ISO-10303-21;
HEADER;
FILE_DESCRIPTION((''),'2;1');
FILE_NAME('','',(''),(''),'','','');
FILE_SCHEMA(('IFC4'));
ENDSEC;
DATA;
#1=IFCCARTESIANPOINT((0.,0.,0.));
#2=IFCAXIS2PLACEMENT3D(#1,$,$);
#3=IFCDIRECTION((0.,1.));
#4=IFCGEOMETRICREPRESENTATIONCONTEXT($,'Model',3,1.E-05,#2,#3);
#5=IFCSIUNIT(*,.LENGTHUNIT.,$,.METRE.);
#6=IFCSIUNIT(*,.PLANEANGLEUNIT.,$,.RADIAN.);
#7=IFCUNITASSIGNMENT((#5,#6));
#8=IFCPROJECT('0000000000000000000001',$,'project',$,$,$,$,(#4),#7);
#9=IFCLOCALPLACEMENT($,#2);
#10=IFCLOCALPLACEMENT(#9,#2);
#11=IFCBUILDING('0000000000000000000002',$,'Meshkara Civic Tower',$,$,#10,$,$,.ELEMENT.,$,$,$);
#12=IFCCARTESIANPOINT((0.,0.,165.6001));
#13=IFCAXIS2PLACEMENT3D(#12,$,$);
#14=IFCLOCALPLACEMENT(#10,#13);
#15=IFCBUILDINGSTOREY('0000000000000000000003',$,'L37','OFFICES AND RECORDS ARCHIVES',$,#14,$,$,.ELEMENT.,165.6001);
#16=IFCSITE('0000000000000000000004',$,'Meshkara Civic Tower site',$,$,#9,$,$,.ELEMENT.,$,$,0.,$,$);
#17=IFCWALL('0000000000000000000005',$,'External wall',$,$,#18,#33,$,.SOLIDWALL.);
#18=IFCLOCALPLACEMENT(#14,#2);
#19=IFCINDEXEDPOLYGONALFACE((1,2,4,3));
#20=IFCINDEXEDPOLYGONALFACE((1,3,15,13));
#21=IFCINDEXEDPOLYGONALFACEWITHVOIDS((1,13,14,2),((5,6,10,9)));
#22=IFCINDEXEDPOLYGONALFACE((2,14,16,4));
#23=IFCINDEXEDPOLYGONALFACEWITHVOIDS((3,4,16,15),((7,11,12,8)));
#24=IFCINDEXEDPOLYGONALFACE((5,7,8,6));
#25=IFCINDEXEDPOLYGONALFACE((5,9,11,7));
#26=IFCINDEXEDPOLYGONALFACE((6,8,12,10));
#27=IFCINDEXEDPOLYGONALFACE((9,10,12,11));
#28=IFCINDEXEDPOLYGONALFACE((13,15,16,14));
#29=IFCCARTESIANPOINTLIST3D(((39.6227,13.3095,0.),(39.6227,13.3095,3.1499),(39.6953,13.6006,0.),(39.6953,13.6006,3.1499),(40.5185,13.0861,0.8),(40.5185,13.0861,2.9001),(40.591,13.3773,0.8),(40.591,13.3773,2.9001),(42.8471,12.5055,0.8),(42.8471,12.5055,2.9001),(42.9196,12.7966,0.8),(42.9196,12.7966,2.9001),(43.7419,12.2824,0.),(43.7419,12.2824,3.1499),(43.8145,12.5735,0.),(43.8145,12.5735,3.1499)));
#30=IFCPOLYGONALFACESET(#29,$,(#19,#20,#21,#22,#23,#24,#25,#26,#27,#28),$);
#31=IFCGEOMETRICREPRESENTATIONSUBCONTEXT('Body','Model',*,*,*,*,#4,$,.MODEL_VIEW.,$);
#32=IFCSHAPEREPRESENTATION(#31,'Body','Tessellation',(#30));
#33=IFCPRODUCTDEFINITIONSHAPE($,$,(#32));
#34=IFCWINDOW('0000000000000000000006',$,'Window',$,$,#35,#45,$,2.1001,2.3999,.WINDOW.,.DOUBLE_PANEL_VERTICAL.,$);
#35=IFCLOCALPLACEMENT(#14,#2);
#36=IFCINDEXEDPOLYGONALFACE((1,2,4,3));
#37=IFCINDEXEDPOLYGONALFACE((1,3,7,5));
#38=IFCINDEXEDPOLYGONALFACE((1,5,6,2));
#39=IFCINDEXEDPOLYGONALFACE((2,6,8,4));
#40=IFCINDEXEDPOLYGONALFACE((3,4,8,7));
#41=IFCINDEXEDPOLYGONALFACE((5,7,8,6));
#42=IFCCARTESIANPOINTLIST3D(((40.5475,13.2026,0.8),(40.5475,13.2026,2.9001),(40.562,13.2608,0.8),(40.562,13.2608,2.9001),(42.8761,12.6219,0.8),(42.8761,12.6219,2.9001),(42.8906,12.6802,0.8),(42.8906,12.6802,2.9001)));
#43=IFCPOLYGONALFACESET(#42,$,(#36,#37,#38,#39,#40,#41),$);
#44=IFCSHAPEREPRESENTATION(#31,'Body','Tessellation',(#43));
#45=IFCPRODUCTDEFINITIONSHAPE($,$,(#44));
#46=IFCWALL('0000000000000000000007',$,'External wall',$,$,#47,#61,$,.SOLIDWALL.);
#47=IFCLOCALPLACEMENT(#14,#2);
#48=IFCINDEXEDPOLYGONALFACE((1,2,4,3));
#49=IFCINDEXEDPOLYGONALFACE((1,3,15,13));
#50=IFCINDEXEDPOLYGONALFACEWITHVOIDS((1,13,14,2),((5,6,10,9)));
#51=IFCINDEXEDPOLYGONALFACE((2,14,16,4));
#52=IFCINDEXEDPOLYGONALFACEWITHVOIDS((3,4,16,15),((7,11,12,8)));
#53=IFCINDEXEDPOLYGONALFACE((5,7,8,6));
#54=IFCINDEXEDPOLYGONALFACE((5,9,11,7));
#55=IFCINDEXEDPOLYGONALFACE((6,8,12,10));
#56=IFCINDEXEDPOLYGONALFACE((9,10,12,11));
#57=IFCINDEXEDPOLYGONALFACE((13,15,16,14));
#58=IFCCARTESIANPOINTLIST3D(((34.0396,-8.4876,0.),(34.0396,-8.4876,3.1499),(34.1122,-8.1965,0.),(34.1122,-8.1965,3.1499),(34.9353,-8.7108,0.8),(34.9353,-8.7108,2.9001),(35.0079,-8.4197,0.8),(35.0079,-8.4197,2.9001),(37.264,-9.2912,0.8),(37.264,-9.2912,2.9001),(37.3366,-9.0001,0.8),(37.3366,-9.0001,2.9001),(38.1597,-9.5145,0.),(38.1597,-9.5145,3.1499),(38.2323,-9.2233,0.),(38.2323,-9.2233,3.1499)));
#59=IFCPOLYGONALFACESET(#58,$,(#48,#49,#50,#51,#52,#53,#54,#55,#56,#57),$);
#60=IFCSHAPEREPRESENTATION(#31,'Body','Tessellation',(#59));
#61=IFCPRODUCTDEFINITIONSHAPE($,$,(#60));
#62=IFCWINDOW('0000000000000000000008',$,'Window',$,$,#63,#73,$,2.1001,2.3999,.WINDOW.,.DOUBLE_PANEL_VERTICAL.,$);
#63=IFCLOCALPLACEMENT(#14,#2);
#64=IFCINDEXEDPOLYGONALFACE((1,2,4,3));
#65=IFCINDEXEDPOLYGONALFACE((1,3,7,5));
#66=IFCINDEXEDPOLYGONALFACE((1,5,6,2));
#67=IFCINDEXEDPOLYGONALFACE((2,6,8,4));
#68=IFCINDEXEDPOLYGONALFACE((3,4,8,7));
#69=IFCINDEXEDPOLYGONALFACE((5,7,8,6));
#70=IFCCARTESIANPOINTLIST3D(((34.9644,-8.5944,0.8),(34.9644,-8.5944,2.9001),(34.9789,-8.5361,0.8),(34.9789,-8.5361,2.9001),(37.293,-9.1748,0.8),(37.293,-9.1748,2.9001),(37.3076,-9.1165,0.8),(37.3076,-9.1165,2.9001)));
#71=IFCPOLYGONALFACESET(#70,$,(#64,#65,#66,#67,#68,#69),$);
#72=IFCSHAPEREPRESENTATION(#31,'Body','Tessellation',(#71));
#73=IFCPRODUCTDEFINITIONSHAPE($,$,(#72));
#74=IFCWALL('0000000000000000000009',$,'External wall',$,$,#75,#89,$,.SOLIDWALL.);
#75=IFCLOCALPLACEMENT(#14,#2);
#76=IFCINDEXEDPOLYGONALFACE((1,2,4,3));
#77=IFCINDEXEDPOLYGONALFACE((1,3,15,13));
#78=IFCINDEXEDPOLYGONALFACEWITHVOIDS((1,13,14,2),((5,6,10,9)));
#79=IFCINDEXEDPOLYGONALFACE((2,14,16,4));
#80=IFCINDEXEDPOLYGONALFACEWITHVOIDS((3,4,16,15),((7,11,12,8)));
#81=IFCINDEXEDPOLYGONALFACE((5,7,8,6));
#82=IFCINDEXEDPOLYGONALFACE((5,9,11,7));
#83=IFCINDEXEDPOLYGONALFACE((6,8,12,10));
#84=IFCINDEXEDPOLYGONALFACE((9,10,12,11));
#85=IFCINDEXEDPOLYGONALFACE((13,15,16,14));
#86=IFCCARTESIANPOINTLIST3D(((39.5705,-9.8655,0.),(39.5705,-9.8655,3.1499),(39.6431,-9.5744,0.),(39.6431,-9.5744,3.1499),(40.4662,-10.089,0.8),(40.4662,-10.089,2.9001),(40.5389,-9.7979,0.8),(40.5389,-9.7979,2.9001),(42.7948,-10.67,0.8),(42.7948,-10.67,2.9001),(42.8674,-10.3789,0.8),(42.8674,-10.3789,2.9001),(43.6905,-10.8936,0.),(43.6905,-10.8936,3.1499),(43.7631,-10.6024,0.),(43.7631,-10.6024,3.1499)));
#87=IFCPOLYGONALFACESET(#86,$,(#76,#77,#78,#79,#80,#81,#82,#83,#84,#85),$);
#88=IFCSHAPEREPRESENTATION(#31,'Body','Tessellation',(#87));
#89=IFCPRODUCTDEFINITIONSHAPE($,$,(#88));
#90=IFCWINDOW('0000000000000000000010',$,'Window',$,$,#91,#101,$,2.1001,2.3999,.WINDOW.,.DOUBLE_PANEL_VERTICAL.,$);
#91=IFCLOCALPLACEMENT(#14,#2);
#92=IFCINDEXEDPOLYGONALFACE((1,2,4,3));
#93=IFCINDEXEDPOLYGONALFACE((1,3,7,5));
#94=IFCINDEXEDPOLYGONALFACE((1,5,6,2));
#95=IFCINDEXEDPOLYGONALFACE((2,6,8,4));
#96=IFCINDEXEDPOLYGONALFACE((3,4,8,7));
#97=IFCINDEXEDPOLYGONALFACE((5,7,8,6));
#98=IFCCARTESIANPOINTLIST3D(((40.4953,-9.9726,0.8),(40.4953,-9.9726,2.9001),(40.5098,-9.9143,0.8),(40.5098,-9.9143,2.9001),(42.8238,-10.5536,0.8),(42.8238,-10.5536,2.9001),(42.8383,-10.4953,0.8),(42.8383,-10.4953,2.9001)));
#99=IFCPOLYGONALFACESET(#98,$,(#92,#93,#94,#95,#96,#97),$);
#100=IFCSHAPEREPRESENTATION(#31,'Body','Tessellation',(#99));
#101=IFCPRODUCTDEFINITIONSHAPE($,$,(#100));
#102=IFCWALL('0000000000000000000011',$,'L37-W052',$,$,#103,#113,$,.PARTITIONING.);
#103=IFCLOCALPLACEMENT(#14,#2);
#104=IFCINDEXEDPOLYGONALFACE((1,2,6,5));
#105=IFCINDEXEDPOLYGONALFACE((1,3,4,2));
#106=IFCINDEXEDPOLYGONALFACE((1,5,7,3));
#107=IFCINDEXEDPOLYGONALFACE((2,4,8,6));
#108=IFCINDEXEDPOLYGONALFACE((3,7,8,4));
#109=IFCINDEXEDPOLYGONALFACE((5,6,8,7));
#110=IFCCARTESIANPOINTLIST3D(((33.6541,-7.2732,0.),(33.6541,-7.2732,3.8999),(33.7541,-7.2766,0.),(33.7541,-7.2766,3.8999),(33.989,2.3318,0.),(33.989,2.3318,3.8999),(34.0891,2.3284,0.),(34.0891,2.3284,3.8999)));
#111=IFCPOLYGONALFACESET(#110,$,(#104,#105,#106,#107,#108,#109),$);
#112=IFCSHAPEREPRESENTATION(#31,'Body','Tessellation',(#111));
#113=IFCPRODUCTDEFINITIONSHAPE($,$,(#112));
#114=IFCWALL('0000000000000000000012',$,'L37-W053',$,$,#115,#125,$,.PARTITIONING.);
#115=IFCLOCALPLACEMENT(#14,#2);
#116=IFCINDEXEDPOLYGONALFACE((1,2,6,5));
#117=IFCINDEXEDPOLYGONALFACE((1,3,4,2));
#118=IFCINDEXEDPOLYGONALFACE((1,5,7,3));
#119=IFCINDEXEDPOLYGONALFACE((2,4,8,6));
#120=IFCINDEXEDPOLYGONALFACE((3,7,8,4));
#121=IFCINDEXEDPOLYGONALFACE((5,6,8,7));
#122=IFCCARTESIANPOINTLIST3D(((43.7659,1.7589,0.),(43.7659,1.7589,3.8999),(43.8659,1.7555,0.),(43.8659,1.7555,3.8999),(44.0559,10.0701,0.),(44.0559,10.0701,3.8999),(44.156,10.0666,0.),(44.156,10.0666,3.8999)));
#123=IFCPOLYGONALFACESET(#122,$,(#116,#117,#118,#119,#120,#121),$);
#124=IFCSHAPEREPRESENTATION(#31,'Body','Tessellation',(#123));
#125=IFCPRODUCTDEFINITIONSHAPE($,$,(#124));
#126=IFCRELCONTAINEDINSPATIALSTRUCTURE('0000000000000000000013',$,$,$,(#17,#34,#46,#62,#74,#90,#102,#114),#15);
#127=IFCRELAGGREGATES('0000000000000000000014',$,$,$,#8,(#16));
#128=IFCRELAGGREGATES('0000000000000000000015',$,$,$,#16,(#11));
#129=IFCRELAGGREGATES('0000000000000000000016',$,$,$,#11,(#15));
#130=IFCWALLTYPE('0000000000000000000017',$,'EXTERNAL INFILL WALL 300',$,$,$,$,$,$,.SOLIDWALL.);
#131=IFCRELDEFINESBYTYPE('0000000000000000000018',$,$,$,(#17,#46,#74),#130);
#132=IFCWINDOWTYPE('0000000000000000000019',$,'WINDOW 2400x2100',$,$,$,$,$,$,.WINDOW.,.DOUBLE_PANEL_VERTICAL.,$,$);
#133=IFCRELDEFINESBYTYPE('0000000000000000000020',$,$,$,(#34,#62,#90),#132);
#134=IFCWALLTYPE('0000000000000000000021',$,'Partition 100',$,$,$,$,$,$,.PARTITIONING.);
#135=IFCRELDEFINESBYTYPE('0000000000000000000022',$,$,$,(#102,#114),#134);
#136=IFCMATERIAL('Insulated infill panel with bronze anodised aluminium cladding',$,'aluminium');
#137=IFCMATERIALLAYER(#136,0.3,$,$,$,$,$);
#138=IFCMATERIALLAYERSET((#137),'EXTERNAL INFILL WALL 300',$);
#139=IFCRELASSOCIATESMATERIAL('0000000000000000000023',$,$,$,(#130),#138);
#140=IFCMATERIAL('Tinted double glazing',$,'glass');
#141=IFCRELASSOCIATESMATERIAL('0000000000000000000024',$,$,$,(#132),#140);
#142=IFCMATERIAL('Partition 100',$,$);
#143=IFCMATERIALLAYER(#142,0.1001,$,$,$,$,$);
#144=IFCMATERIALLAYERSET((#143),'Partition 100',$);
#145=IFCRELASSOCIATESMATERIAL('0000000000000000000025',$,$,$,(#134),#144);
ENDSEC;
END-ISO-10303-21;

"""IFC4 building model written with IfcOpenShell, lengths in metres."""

from ifc_helpers import new_model, si_unit, direction, frame, frame_2d, origin, place, context, subcontext, project, spatial, rectangle, extrude, material, layer, layer_set, type_object, element, fill, save


model = new_model("IFC4")

# Units and contexts
model_context = context("Model", 3, precision=1e-05, world=origin(), true_north=direction((0.0, 1.0)))
body_context = subcontext(model_context, "Body", "Model", "MODEL_VIEW")
ifc_project = project(units=[si_unit("LENGTHUNIT", "METRE"), si_unit("PLANEANGLEUNIT", "RADIAN")], contexts=[model_context])

# Site, building, storey
site_placement = place(None, origin())
site = spatial("IfcSite", under=ifc_project, at=site_placement, Name="Meshkara Civic Tower site", CompositionType="ELEMENT", RefElevation=0.0)
building_placement = place(site_placement, origin())
building = spatial("IfcBuilding", under=site, at=building_placement, Name="Meshkara Civic Tower", CompositionType="ELEMENT")
storey_placement = place(building_placement, frame((0.0, 0.0, 165.6001)))
storey = spatial("IfcBuildingStorey", under=building, at=storey_placement, Name="L37", Description="OFFICES AND RECORDS ARCHIVES", CompositionType="ELEMENT", Elevation=165.6001)

# Walls, openings, windows
ifc_material_1 = material(Name="Insulated infill panel with bronze anodised aluminium cladding", Category="aluminium")
ifc_layer_1 = layer(ifc_material_1, 0.3)
ifc_layer_set_1 = layer_set([ifc_layer_1], Name="EXTERNAL INFILL WALL 300")
wall_type_1 = type_object("IfcWallType", Name="EXTERNAL INFILL WALL 300", PredefinedType="SOLIDWALL", material=ifc_layer_set_1)
wall_1_placement = place(storey_placement, frame((43.7781, 12.428, 0.0), z_axis=(0.0, 0.0, 1.0), x_axis=(-0.970291, 0.24194, 0.0)))
wall_1 = element("IfcWall", 1, at=wall_1_placement, inside=storey, type_object=wall_type_1, Name="External wall", PredefinedType="SOLIDWALL", context=body_context, shape_type="SweptSolid", body=[
    extrude(rectangle(XDim=4.2454, YDim=0.3, at=frame_2d((2.1226, 0.0))), origin(), (0.0, 0.0, 1.0), 3.1499),
])
opening_1_placement = place(wall_1_placement, frame((0.9221, 0.0, 0.8)))
opening_1 = element("IfcOpeningElement", 2, at=opening_1_placement, cuts=wall_1, PredefinedType="OPENING", context=body_context, shape_type="SweptSolid", body=[
    extrude(rectangle(XDim=2.3999, YDim=2.1001, at=frame_2d((1.2, 1.05))), frame((0.0, 0.1599, 0.0), z_axis=(0.0, -1.0, 0.0), x_axis=(1.0, 0.0, 0.0)), (0.0, 0.0, 1.0), 0.3201),
])
ifc_material_2 = material(Name="Tinted double glazing", Category="glass")
window_type = type_object("IfcWindowType", Name="WINDOW 2400x2100", PartitioningType="DOUBLE_PANEL_VERTICAL", PredefinedType="WINDOW", material=ifc_material_2)
window_1_placement = place(opening_1_placement, origin())
window_1 = element("IfcWindow", 3, at=window_1_placement, inside=storey, type_object=window_type, Name="Window", OverallHeight=2.1001, OverallWidth=2.3999, PartitioningType="DOUBLE_PANEL_VERTICAL", PredefinedType="WINDOW", context=body_context, shape_type="SweptSolid", body=[
    extrude(rectangle(XDim=2.3999, YDim=2.1001, at=frame_2d((1.2, 1.05))), frame((0.0, 0.03, 0.0), z_axis=(0.0, -1.0, 0.0), x_axis=(1.0, 0.0, 0.0)), (0.0, 0.0, 1.0), 0.0601),
])
fill(opening_1, window_1)
wall_2_placement = place(storey_placement, frame((34.0759, -8.342, 0.0), z_axis=(0.0, 0.0, 1.0), x_axis=(0.970318, -0.241832, 0.0)))
wall_2 = element("IfcWall", 4, at=wall_2_placement, inside=storey, type_object=wall_type_1, Name="External wall", PredefinedType="SOLIDWALL", context=body_context, shape_type="SweptSolid", body=[
    extrude(rectangle(XDim=4.2461, YDim=0.3, at=frame_2d((2.123, 0.0))), origin(), (0.0, 0.0, 1.0), 3.1499),
])
opening_2_placement = place(wall_2_placement, frame((0.9231, 0.0, 0.8)))
opening_2 = element("IfcOpeningElement", 5, at=opening_2_placement, cuts=wall_2, PredefinedType="OPENING", context=body_context, shape_type="SweptSolid", body=[
    extrude(rectangle(XDim=2.3999, YDim=2.1001, at=frame_2d((1.2, 1.05))), frame((0.0, 0.1599, 0.0), z_axis=(0.0, -1.0, 0.0), x_axis=(1.0, 0.0, 0.0)), (0.0, 0.0, 1.0), 0.3201),
])
window_2_placement = place(opening_2_placement, origin())
window_2 = element("IfcWindow", 6, at=window_2_placement, inside=storey, type_object=window_type, Name="Window", OverallHeight=2.1001, OverallWidth=2.3999, PartitioningType="DOUBLE_PANEL_VERTICAL", PredefinedType="WINDOW", context=body_context, shape_type="SweptSolid", body=[
    extrude(rectangle(XDim=2.3999, YDim=2.1001, at=frame_2d((1.2, 1.05))), frame((0.0, 0.03, 0.0), z_axis=(0.0, -1.0, 0.0), x_axis=(1.0, 0.0, 0.0)), (0.0, 0.0, 1.0), 0.0601),
])
fill(opening_2, window_2)
wall_3_placement = place(storey_placement, frame((39.6069, -9.72, 0.0), z_axis=(0.0, 0.0, 1.0), x_axis=(0.970251, -0.242103, 0.0)))
wall_3 = element("IfcWall", 7, at=wall_3_placement, inside=storey, type_object=wall_type_1, Name="External wall", PredefinedType="SOLIDWALL", context=body_context, shape_type="SweptSolid", body=[
    extrude(rectangle(XDim=4.2463, YDim=0.3, at=frame_2d((2.123, 0.0))), origin(), (0.0, 0.0, 1.0), 3.1499),
])
opening_3_placement = place(wall_3_placement, frame((0.9231, 0.0, 0.8)))
opening_3 = element("IfcOpeningElement", 8, at=opening_3_placement, cuts=wall_3, PredefinedType="OPENING", context=body_context, shape_type="SweptSolid", body=[
    extrude(rectangle(XDim=2.3999, YDim=2.1001, at=frame_2d((1.2, 1.05))), frame((0.0, 0.1599, 0.0), z_axis=(0.0, -1.0, 0.0), x_axis=(1.0, 0.0, 0.0)), (0.0, 0.0, 1.0), 0.3201),
])
window_3_placement = place(opening_3_placement, origin())
window_3 = element("IfcWindow", 9, at=window_3_placement, inside=storey, type_object=window_type, Name="Window", OverallHeight=2.1001, OverallWidth=2.3999, PartitioningType="DOUBLE_PANEL_VERTICAL", PredefinedType="WINDOW", context=body_context, shape_type="SweptSolid", body=[
    extrude(rectangle(XDim=2.3999, YDim=2.1001, at=frame_2d((1.2, 1.05))), frame((0.0, 0.03, 0.0), z_axis=(0.0, -1.0, 0.0), x_axis=(1.0, 0.0, 0.0)), (0.0, 0.0, 1.0), 0.0601),
])
fill(opening_3, window_3)

# Walls
ifc_material_3 = material(Name="Partition 100")
ifc_layer_2 = layer(ifc_material_3, 0.1001)
ifc_layer_set_2 = layer_set([ifc_layer_2], Name="Partition 100")
wall_type_2 = type_object("IfcWallType", Name="Partition 100", PredefinedType="PARTITIONING", material=ifc_layer_set_2)
wall_4_placement = place(storey_placement, frame((33.7041, -7.2749, 0.0), z_axis=(0.0, 0.0, 1.0), x_axis=(0.034852, 0.999392, 0.0)))
element("IfcWall", 10, at=wall_4_placement, inside=storey, type_object=wall_type_2, Name="L37-W052", PredefinedType="PARTITIONING", context=body_context, shape_type="SweptSolid", body=[
    extrude(rectangle(XDim=9.6108, YDim=0.1001, at=frame_2d((4.8054, 0.0))), origin(), (0.0, 0.0, 1.0), 3.8999),
])
wall_5_placement = place(storey_placement, frame((43.8159, 1.7571, 0.0), z_axis=(0.0, 0.0, 1.0), x_axis=(0.034877, 0.999392, 0.0)))
element("IfcWall", 11, at=wall_5_placement, inside=storey, type_object=wall_type_2, Name="L37-W053", PredefinedType="PARTITIONING", context=body_context, shape_type="SweptSolid", body=[
    extrude(rectangle(XDim=8.3162, YDim=0.1001, at=frame_2d((4.1582, 0.0))), origin(), (0.0, 0.0, 1.0), 3.8999),
])

save(model, "model.ifc")
